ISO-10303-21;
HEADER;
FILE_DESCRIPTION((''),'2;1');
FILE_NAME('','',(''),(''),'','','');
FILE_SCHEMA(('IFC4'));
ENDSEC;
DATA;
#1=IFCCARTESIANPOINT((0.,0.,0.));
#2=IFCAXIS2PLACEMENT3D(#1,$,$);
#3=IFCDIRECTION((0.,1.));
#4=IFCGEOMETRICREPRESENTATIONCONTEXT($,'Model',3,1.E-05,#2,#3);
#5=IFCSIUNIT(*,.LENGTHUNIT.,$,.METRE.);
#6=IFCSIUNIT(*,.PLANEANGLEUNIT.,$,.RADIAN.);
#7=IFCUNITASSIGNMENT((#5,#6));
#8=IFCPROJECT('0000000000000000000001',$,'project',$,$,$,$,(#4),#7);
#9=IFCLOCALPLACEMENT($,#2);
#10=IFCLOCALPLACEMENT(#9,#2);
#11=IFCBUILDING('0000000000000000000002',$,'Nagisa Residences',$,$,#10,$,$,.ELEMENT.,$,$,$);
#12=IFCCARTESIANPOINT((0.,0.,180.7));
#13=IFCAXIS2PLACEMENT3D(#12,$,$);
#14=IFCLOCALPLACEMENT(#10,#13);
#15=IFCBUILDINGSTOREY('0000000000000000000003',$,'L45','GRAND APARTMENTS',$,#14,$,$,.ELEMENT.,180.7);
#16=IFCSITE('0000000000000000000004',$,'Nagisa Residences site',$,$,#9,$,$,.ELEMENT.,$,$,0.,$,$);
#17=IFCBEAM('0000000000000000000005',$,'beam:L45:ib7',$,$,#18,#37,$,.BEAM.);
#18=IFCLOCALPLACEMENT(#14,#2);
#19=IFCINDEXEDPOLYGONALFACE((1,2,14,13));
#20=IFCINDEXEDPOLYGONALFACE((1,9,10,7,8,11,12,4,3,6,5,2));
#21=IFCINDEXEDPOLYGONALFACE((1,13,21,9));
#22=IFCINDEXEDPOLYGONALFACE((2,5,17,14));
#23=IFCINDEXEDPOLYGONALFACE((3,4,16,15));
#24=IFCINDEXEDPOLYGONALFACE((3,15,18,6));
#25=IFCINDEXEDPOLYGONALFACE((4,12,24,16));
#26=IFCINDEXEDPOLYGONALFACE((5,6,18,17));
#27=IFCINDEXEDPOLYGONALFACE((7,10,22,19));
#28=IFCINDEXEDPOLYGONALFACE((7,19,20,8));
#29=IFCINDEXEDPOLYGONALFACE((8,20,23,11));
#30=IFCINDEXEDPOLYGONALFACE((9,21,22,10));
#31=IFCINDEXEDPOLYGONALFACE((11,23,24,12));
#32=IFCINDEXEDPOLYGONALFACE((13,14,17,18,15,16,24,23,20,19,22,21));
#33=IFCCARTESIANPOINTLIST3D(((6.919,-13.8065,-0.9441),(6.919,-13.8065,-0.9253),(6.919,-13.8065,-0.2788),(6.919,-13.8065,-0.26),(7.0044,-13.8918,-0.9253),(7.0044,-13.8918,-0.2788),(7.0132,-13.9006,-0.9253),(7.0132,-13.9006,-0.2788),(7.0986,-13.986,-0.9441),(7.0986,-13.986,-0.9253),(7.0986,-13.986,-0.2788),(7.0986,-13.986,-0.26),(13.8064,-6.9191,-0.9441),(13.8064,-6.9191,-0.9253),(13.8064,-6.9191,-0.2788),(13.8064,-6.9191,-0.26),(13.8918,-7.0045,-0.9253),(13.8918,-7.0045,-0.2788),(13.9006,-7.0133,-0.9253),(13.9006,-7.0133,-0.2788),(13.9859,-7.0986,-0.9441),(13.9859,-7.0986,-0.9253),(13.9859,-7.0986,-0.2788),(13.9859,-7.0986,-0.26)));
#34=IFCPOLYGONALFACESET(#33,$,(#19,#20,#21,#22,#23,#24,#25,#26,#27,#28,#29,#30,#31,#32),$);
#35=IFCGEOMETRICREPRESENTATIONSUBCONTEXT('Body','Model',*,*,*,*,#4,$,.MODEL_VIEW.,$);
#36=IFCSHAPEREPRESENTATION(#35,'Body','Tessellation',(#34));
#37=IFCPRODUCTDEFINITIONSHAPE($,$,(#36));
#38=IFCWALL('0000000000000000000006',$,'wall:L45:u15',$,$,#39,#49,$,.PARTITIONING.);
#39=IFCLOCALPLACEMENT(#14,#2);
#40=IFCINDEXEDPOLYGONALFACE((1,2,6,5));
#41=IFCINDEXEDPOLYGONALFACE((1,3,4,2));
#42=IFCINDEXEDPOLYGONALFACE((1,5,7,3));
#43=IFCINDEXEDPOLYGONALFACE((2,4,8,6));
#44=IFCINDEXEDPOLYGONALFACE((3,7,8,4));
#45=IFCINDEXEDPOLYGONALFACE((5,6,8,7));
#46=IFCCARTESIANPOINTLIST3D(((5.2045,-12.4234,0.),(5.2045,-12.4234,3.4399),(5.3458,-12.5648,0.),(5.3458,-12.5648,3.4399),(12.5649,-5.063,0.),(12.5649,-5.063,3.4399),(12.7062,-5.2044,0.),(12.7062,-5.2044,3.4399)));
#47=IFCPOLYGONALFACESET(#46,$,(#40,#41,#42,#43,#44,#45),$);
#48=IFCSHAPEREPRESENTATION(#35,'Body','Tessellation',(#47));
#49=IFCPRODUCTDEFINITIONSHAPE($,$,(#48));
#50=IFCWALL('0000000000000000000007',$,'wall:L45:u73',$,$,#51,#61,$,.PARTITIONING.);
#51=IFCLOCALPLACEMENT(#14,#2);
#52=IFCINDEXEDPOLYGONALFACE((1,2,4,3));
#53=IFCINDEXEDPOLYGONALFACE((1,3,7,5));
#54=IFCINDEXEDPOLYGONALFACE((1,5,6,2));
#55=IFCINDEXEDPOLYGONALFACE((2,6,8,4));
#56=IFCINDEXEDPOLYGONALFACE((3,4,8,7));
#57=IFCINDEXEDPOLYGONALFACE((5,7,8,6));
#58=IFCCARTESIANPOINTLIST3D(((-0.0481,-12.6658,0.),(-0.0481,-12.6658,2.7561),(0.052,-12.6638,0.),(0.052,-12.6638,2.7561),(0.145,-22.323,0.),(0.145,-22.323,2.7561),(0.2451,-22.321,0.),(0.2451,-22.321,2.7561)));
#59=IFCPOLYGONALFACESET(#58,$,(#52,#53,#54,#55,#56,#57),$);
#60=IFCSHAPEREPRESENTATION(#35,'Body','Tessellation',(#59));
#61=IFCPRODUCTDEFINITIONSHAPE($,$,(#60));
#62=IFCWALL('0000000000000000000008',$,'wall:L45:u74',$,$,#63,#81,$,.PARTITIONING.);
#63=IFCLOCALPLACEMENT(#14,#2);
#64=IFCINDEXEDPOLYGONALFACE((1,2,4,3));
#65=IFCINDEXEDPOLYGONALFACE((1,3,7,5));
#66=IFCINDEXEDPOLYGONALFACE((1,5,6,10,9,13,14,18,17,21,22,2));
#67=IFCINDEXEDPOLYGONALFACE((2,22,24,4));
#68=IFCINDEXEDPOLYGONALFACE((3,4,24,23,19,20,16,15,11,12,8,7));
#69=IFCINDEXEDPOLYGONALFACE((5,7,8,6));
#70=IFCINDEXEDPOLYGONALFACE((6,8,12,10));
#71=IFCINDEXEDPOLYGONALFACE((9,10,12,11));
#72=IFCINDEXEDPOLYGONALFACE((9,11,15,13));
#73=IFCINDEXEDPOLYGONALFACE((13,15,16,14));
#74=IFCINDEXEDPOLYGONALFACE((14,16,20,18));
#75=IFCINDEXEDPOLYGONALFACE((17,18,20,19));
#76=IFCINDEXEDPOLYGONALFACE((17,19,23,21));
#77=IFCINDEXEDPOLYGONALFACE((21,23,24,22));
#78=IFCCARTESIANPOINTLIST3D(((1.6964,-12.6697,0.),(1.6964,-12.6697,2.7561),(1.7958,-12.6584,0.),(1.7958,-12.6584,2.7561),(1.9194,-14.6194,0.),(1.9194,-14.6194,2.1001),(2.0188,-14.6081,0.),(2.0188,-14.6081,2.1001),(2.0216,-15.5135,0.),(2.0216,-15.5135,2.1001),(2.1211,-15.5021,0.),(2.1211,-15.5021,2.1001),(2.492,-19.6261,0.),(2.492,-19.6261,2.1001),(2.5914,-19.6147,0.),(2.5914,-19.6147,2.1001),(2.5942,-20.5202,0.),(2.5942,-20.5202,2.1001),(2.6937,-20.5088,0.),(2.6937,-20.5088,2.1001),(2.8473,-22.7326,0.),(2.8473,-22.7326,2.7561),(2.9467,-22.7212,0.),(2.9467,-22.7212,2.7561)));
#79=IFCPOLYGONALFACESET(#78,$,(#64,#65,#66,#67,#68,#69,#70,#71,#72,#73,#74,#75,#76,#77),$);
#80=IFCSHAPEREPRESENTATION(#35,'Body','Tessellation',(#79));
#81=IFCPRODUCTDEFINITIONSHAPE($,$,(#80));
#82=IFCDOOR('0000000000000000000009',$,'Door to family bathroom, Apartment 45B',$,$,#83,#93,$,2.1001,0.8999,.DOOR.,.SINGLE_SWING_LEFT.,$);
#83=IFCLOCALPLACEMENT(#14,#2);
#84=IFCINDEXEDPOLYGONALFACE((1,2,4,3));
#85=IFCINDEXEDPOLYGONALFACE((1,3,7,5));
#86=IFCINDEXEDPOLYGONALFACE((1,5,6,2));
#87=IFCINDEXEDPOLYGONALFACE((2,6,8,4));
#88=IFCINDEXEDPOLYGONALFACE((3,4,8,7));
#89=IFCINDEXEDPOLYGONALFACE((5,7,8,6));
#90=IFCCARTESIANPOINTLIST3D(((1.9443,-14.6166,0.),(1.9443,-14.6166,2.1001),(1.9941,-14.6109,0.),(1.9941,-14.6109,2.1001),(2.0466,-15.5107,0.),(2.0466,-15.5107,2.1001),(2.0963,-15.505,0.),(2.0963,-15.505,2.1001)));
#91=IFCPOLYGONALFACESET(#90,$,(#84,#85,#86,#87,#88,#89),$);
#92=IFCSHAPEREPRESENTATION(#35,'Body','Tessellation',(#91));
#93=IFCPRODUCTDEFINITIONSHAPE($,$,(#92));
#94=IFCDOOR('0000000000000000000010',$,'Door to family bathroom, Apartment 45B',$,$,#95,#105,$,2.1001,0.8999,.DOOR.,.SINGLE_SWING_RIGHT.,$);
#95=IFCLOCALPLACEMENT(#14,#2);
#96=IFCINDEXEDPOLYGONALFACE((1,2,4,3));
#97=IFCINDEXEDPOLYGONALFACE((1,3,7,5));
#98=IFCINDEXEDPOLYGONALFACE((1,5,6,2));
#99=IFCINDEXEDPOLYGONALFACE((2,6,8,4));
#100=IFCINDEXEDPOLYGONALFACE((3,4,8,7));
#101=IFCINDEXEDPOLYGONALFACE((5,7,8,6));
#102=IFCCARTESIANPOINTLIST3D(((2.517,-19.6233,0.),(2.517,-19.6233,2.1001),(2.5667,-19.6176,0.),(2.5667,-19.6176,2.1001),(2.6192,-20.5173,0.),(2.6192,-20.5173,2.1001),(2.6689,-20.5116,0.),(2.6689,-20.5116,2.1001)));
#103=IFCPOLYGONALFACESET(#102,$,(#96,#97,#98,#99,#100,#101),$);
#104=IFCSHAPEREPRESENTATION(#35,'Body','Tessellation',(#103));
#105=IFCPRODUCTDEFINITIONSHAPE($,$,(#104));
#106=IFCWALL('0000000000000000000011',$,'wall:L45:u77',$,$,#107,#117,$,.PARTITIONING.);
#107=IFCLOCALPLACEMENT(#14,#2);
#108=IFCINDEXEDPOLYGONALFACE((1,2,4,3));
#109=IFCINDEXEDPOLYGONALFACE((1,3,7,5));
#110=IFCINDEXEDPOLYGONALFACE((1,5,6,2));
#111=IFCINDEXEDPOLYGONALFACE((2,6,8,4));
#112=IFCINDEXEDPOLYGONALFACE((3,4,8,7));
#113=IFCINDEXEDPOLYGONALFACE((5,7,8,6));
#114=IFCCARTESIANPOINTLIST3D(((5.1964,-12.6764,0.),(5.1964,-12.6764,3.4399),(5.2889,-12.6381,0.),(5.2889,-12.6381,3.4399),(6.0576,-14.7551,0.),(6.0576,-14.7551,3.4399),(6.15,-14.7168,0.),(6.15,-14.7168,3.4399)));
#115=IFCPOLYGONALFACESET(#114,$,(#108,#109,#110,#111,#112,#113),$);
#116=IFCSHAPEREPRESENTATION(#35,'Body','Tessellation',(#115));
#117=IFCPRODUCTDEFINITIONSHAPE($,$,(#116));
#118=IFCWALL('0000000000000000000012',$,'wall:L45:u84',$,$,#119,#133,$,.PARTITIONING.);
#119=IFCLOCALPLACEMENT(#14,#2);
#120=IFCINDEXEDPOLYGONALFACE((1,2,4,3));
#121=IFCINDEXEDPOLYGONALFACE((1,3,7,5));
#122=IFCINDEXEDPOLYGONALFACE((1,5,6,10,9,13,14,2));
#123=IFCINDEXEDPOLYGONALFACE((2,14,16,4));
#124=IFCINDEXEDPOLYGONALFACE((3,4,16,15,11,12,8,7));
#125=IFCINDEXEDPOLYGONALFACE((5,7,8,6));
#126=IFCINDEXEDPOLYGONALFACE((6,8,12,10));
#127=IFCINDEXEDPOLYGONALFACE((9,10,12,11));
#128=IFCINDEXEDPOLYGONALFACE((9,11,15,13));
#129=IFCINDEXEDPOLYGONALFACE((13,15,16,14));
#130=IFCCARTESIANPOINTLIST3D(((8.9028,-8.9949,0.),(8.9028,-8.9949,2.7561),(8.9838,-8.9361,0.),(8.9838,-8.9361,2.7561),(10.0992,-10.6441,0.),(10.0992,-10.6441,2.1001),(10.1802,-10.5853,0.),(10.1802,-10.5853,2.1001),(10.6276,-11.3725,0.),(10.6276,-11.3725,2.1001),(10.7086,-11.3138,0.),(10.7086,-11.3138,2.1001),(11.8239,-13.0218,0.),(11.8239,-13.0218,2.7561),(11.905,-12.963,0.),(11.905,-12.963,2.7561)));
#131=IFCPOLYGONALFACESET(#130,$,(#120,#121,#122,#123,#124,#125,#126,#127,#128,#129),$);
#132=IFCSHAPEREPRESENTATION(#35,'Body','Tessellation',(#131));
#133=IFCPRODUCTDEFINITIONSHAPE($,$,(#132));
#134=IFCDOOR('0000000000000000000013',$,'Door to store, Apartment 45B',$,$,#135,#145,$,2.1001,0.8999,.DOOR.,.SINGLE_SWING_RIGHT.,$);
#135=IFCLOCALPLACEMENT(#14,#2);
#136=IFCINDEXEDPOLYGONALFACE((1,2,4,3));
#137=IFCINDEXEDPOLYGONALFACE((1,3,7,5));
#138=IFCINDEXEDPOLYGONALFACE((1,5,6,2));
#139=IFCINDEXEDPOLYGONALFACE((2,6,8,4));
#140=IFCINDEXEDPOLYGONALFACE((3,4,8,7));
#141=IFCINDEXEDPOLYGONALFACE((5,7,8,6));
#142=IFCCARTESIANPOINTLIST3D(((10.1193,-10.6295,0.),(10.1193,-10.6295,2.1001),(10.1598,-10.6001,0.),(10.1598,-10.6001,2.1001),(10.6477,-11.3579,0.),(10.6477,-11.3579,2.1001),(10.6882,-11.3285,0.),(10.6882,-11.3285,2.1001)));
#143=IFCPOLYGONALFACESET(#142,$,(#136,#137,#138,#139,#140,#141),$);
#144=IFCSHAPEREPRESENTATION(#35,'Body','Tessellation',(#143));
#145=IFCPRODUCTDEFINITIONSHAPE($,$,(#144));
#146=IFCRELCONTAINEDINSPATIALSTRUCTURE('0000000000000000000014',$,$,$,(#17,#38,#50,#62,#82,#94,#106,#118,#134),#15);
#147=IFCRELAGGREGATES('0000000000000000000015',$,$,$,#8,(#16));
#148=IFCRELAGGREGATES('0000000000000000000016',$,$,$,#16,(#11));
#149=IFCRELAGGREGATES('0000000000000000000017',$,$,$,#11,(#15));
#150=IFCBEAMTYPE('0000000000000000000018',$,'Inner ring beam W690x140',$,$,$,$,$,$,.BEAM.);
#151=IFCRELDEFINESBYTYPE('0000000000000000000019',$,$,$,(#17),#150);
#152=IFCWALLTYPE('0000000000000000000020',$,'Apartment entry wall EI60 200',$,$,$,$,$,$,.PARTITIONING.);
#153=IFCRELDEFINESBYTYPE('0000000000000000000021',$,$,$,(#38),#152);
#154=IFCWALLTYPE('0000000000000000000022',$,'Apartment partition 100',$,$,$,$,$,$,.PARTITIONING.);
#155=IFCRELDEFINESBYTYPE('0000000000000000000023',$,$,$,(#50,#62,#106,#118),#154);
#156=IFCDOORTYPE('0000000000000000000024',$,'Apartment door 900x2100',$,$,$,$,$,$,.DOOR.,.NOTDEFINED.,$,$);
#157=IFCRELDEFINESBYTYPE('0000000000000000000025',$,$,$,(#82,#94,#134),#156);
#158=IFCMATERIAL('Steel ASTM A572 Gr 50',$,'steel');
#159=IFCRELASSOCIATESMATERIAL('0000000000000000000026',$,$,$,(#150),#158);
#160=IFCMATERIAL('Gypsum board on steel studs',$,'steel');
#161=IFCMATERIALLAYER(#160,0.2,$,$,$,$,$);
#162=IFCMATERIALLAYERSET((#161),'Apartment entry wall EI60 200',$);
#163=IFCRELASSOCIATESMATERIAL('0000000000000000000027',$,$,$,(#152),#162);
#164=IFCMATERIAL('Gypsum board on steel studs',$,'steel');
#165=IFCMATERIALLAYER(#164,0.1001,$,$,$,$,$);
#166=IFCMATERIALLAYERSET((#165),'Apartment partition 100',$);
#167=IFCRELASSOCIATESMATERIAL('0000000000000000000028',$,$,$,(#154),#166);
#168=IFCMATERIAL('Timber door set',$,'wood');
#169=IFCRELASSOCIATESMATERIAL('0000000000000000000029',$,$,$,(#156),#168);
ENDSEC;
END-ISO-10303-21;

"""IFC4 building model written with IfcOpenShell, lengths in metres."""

from ifc_helpers import new_model, si_unit, direction, frame, frame_2d, origin, origin_2d, place, context, subcontext, project, spatial, rectangle, i_section, extrude, material, layer, layer_set, material_profile, profile_set, type_object, element, fill, save


model = new_model("IFC4")

# Units and contexts
model_context = context("Model", 3, precision=1e-05, world=origin(), true_north=direction((0.0, 1.0)))
body_context = subcontext(model_context, "Body", "Model", "MODEL_VIEW")
ifc_project = project(units=[si_unit("LENGTHUNIT", "METRE"), si_unit("PLANEANGLEUNIT", "RADIAN")], contexts=[model_context])

# Site, building, storey
site_placement = place(None, origin())
site = spatial("IfcSite", under=ifc_project, at=site_placement, Name="Nagisa Residences site", CompositionType="ELEMENT", RefElevation=0.0)
building_placement = place(site_placement, origin())
building = spatial("IfcBuilding", under=site, at=building_placement, Name="Nagisa Residences", CompositionType="ELEMENT")
storey_placement = place(building_placement, frame((0.0, 0.0, 180.7)))
storey = spatial("IfcBuildingStorey", under=building, at=storey_placement, Name="L45", Description="GRAND APARTMENTS", CompositionType="ELEMENT", Elevation=180.7)

# Beam
ifc_material_1 = material(Name="Steel ASTM A572 Gr 50", Category="steel")
ifc_material_profile = material_profile(ifc_material_1, i_section(OverallWidth=0.2539, OverallDepth=0.6841, WebThickness=0.0125, FlangeThickness=0.0188, at=origin_2d()), Name="W690x140")
ifc_profile_set = profile_set([ifc_material_profile], Name="Steel ASTM A572 Gr 50")
beam_type = type_object("IfcBeamType", Name="Inner ring beam W690x140", PredefinedType="BEAM", material=ifc_profile_set)
beam_placement = place(storey_placement, frame((7.0088, -13.8962, -0.6021), z_axis=(0.707107, 0.707107, 0.0), x_axis=(-0.707107, 0.707107, 0.0)))
element("IfcBeam", 1, at=beam_placement, inside=storey, type_object=beam_type, Name="beam:L45:ib7", PredefinedType="BEAM", context=body_context, shape_type="SweptSolid", body=[
    extrude(i_section(OverallWidth=0.2539, OverallDepth=0.6841, WebThickness=0.0125, FlangeThickness=0.0188, at=origin_2d()), origin(), (0.0, 0.0, 1.0), 9.7402),
])

# Walls
ifc_material_2 = material(Name="Gypsum board on steel studs", Category="steel")
ifc_layer_1 = layer(ifc_material_2, 0.2)
ifc_layer_set_1 = layer_set([ifc_layer_1], Name="Apartment entry wall EI60 200")
wall_type_1 = type_object("IfcWallType", Name="Apartment entry wall EI60 200", PredefinedType="PARTITIONING", material=ifc_layer_set_1)
wall_1_placement = place(storey_placement, frame((5.2751, -12.4941, 0.0), z_axis=(0.0, 0.0, 1.0), x_axis=(0.707107, 0.707107, 0.0)))
element("IfcWall", 2, at=wall_1_placement, inside=storey, type_object=wall_type_1, Name="wall:L45:u15", PredefinedType="PARTITIONING", context=body_context, shape_type="SweptSolid", body=[
    extrude(rectangle(XDim=10.4092, YDim=0.2, at=frame_2d((5.2046, 0.0))), origin(), (0.0, 0.0, 1.0), 3.4399),
])
ifc_material_3 = material(Name="Gypsum board on steel studs", Category="steel")
ifc_layer_2 = layer(ifc_material_3, 0.1001)
ifc_layer_set_2 = layer_set([ifc_layer_2], Name="Apartment partition 100")
wall_type_2 = type_object("IfcWallType", Name="Apartment partition 100", PredefinedType="PARTITIONING", material=ifc_layer_set_2)
wall_2_placement = place(storey_placement, frame((0.002, -12.6648, 0.0), z_axis=(0.0, 0.0, 1.0), x_axis=(0.019993, -0.9998, 0.0)))
element("IfcWall", 3, at=wall_2_placement, inside=storey, type_object=wall_type_2, Name="wall:L45:u73", PredefinedType="PARTITIONING", context=body_context, shape_type="SweptSolid", body=[
    extrude(rectangle(XDim=9.6592, YDim=0.1001, at=frame_2d((4.8296, 0.0))), origin(), (0.0, 0.0, 1.0), 2.7561),
])

# Wall, openings, doors
wall_3_placement = place(storey_placement, frame((1.7461, -12.6641, 0.0), z_axis=(0.0, 0.0, 1.0), x_axis=(0.11363, -0.993523, 0.0)))
wall_3 = element("IfcWall", 4, at=wall_3_placement, inside=storey, type_object=wall_type_2, Name="wall:L45:u74", PredefinedType="PARTITIONING", context=body_context, shape_type="SweptSolid", body=[
    extrude(rectangle(XDim=10.1284, YDim=0.1001, at=frame_2d((5.0642, 0.0))), origin(), (0.0, 0.0, 1.0), 2.7561),
])
opening_1_placement = place(wall_3_placement, frame((1.9624, 0.0, 0.0)))
opening_1 = element("IfcOpeningElement", 5, at=opening_1_placement, cuts=wall_3, PredefinedType="OPENING", context=body_context, shape_type="SweptSolid", body=[
    extrude(rectangle(XDim=0.8999, YDim=2.1001, at=frame_2d((0.45, 1.05))), frame((0.0, 0.0601, 0.0), z_axis=(0.0, -1.0, 0.0), x_axis=(1.0, 0.0, 0.0)), (0.0, 0.0, 1.0), 0.1201),
])
opening_2_placement = place(wall_3_placement, frame((7.0017, 0.0, 0.0)))
opening_2 = element("IfcOpeningElement", 6, at=opening_2_placement, cuts=wall_3, PredefinedType="OPENING", context=body_context, shape_type="SweptSolid", body=[
    extrude(rectangle(XDim=0.8999, YDim=2.1001, at=frame_2d((0.45, 1.05))), frame((0.0, 0.0601, 0.0), z_axis=(0.0, -1.0, 0.0), x_axis=(1.0, 0.0, 0.0)), (0.0, 0.0, 1.0), 0.1201),
])
ifc_material_4 = material(Name="Timber door set", Category="wood")
door_type_1 = type_object("IfcDoorType", Name="Apartment door 900x2100", OperationType="NOTDEFINED", PredefinedType="DOOR", material=ifc_material_4)
door_1_placement = place(opening_1_placement, frame((0.8999, 0.0, 0.0), x_axis=(-1.0, 0.0, 0.0)))
door_1 = element("IfcDoor", 7, at=door_1_placement, inside=storey, type_object=door_type_1, Name="Door to family bathroom, Apartment 45B", OperationType="SINGLE_SWING_LEFT", OverallHeight=2.1001, OverallWidth=0.8999, PredefinedType="DOOR", context=body_context, shape_type="SweptSolid", body=[
    extrude(rectangle(XDim=0.8999, YDim=2.1001, at=frame_2d((0.45, 1.05))), frame((0.0, 0.0249, 0.0), z_axis=(0.0, -1.0, 0.0), x_axis=(1.0, 0.0, 0.0)), (0.0, 0.0, 1.0), 0.05),
])
fill(opening_1, door_1)
door_2_placement = place(opening_2_placement, frame((0.8999, 0.0, 0.0), x_axis=(-1.0, 0.0, 0.0)))
door_2 = element("IfcDoor", 8, at=door_2_placement, inside=storey, type_object=door_type_1, Name="Door to family bathroom, Apartment 45B", OperationType="SINGLE_SWING_RIGHT", OverallHeight=2.1001, OverallWidth=0.8999, PredefinedType="DOOR", context=body_context, shape_type="SweptSolid", body=[
    extrude(rectangle(XDim=0.8999, YDim=2.1001, at=frame_2d((0.45, 1.05))), frame((0.0, 0.0249, 0.0), z_axis=(0.0, -1.0, 0.0), x_axis=(1.0, 0.0, 0.0)), (0.0, 0.0, 1.0), 0.05),
])
fill(opening_2, door_2)

# Wall
wall_4_placement = place(storey_placement, frame((5.2427, -12.6572, 0.0), z_axis=(0.0, 0.0, 1.0), x_axis=(0.382719, -0.923865, 0.0)))
element("IfcWall", 9, at=wall_4_placement, inside=storey, type_object=wall_type_2, Name="wall:L45:u77", PredefinedType="PARTITIONING", context=body_context, shape_type="SweptSolid", body=[
    extrude(rectangle(XDim=2.25, YDim=0.1001, at=frame_2d((1.125, 0.0))), origin(), (0.0, 0.0, 1.0), 3.4399),
])

# Wall, opening, door
wall_5_placement = place(storey_placement, frame((8.9434, -8.9656, 0.0), z_axis=(0.0, 0.0, 1.0), x_axis=(0.587188, -0.809451, 0.0)))
wall_5 = element("IfcWall", 10, at=wall_5_placement, inside=storey, type_object=wall_type_2, Name="wall:L45:u84", PredefinedType="PARTITIONING", context=body_context, shape_type="SweptSolid", body=[
    extrude(rectangle(XDim=4.9749, YDim=0.1001, at=frame_2d((2.4873, 0.0))), origin(), (0.0, 0.0, 1.0), 2.7561),
])
opening_3_placement = place(wall_5_placement, frame((2.0374, 0.0, 0.0)))
opening_3 = element("IfcOpeningElement", 11, at=opening_3_placement, cuts=wall_5, PredefinedType="OPENING", context=body_context, shape_type="SweptSolid", body=[
    extrude(rectangle(XDim=0.8999, YDim=2.1001, at=frame_2d((0.45, 1.05))), frame((0.0, 0.0601, 0.0), z_axis=(0.0, -1.0, 0.0), x_axis=(1.0, 0.0, 0.0)), (0.0, 0.0, 1.0), 0.1201),
])
door_3_placement = place(opening_3_placement, origin())
door_3 = element("IfcDoor", 12, at=door_3_placement, inside=storey, type_object=door_type_1, Name="Door to store, Apartment 45B", OperationType="SINGLE_SWING_RIGHT", OverallHeight=2.1001, OverallWidth=0.8999, PredefinedType="DOOR", context=body_context, shape_type="SweptSolid", body=[
    extrude(rectangle(XDim=0.8999, YDim=2.1001, at=frame_2d((0.45, 1.05))), frame((0.0, 0.0249, 0.0), z_axis=(0.0, -1.0, 0.0), x_axis=(1.0, 0.0, 0.0)), (0.0, 0.0, 1.0), 0.05),
])
fill(opening_3, door_3)

save(model, "model.ifc")
